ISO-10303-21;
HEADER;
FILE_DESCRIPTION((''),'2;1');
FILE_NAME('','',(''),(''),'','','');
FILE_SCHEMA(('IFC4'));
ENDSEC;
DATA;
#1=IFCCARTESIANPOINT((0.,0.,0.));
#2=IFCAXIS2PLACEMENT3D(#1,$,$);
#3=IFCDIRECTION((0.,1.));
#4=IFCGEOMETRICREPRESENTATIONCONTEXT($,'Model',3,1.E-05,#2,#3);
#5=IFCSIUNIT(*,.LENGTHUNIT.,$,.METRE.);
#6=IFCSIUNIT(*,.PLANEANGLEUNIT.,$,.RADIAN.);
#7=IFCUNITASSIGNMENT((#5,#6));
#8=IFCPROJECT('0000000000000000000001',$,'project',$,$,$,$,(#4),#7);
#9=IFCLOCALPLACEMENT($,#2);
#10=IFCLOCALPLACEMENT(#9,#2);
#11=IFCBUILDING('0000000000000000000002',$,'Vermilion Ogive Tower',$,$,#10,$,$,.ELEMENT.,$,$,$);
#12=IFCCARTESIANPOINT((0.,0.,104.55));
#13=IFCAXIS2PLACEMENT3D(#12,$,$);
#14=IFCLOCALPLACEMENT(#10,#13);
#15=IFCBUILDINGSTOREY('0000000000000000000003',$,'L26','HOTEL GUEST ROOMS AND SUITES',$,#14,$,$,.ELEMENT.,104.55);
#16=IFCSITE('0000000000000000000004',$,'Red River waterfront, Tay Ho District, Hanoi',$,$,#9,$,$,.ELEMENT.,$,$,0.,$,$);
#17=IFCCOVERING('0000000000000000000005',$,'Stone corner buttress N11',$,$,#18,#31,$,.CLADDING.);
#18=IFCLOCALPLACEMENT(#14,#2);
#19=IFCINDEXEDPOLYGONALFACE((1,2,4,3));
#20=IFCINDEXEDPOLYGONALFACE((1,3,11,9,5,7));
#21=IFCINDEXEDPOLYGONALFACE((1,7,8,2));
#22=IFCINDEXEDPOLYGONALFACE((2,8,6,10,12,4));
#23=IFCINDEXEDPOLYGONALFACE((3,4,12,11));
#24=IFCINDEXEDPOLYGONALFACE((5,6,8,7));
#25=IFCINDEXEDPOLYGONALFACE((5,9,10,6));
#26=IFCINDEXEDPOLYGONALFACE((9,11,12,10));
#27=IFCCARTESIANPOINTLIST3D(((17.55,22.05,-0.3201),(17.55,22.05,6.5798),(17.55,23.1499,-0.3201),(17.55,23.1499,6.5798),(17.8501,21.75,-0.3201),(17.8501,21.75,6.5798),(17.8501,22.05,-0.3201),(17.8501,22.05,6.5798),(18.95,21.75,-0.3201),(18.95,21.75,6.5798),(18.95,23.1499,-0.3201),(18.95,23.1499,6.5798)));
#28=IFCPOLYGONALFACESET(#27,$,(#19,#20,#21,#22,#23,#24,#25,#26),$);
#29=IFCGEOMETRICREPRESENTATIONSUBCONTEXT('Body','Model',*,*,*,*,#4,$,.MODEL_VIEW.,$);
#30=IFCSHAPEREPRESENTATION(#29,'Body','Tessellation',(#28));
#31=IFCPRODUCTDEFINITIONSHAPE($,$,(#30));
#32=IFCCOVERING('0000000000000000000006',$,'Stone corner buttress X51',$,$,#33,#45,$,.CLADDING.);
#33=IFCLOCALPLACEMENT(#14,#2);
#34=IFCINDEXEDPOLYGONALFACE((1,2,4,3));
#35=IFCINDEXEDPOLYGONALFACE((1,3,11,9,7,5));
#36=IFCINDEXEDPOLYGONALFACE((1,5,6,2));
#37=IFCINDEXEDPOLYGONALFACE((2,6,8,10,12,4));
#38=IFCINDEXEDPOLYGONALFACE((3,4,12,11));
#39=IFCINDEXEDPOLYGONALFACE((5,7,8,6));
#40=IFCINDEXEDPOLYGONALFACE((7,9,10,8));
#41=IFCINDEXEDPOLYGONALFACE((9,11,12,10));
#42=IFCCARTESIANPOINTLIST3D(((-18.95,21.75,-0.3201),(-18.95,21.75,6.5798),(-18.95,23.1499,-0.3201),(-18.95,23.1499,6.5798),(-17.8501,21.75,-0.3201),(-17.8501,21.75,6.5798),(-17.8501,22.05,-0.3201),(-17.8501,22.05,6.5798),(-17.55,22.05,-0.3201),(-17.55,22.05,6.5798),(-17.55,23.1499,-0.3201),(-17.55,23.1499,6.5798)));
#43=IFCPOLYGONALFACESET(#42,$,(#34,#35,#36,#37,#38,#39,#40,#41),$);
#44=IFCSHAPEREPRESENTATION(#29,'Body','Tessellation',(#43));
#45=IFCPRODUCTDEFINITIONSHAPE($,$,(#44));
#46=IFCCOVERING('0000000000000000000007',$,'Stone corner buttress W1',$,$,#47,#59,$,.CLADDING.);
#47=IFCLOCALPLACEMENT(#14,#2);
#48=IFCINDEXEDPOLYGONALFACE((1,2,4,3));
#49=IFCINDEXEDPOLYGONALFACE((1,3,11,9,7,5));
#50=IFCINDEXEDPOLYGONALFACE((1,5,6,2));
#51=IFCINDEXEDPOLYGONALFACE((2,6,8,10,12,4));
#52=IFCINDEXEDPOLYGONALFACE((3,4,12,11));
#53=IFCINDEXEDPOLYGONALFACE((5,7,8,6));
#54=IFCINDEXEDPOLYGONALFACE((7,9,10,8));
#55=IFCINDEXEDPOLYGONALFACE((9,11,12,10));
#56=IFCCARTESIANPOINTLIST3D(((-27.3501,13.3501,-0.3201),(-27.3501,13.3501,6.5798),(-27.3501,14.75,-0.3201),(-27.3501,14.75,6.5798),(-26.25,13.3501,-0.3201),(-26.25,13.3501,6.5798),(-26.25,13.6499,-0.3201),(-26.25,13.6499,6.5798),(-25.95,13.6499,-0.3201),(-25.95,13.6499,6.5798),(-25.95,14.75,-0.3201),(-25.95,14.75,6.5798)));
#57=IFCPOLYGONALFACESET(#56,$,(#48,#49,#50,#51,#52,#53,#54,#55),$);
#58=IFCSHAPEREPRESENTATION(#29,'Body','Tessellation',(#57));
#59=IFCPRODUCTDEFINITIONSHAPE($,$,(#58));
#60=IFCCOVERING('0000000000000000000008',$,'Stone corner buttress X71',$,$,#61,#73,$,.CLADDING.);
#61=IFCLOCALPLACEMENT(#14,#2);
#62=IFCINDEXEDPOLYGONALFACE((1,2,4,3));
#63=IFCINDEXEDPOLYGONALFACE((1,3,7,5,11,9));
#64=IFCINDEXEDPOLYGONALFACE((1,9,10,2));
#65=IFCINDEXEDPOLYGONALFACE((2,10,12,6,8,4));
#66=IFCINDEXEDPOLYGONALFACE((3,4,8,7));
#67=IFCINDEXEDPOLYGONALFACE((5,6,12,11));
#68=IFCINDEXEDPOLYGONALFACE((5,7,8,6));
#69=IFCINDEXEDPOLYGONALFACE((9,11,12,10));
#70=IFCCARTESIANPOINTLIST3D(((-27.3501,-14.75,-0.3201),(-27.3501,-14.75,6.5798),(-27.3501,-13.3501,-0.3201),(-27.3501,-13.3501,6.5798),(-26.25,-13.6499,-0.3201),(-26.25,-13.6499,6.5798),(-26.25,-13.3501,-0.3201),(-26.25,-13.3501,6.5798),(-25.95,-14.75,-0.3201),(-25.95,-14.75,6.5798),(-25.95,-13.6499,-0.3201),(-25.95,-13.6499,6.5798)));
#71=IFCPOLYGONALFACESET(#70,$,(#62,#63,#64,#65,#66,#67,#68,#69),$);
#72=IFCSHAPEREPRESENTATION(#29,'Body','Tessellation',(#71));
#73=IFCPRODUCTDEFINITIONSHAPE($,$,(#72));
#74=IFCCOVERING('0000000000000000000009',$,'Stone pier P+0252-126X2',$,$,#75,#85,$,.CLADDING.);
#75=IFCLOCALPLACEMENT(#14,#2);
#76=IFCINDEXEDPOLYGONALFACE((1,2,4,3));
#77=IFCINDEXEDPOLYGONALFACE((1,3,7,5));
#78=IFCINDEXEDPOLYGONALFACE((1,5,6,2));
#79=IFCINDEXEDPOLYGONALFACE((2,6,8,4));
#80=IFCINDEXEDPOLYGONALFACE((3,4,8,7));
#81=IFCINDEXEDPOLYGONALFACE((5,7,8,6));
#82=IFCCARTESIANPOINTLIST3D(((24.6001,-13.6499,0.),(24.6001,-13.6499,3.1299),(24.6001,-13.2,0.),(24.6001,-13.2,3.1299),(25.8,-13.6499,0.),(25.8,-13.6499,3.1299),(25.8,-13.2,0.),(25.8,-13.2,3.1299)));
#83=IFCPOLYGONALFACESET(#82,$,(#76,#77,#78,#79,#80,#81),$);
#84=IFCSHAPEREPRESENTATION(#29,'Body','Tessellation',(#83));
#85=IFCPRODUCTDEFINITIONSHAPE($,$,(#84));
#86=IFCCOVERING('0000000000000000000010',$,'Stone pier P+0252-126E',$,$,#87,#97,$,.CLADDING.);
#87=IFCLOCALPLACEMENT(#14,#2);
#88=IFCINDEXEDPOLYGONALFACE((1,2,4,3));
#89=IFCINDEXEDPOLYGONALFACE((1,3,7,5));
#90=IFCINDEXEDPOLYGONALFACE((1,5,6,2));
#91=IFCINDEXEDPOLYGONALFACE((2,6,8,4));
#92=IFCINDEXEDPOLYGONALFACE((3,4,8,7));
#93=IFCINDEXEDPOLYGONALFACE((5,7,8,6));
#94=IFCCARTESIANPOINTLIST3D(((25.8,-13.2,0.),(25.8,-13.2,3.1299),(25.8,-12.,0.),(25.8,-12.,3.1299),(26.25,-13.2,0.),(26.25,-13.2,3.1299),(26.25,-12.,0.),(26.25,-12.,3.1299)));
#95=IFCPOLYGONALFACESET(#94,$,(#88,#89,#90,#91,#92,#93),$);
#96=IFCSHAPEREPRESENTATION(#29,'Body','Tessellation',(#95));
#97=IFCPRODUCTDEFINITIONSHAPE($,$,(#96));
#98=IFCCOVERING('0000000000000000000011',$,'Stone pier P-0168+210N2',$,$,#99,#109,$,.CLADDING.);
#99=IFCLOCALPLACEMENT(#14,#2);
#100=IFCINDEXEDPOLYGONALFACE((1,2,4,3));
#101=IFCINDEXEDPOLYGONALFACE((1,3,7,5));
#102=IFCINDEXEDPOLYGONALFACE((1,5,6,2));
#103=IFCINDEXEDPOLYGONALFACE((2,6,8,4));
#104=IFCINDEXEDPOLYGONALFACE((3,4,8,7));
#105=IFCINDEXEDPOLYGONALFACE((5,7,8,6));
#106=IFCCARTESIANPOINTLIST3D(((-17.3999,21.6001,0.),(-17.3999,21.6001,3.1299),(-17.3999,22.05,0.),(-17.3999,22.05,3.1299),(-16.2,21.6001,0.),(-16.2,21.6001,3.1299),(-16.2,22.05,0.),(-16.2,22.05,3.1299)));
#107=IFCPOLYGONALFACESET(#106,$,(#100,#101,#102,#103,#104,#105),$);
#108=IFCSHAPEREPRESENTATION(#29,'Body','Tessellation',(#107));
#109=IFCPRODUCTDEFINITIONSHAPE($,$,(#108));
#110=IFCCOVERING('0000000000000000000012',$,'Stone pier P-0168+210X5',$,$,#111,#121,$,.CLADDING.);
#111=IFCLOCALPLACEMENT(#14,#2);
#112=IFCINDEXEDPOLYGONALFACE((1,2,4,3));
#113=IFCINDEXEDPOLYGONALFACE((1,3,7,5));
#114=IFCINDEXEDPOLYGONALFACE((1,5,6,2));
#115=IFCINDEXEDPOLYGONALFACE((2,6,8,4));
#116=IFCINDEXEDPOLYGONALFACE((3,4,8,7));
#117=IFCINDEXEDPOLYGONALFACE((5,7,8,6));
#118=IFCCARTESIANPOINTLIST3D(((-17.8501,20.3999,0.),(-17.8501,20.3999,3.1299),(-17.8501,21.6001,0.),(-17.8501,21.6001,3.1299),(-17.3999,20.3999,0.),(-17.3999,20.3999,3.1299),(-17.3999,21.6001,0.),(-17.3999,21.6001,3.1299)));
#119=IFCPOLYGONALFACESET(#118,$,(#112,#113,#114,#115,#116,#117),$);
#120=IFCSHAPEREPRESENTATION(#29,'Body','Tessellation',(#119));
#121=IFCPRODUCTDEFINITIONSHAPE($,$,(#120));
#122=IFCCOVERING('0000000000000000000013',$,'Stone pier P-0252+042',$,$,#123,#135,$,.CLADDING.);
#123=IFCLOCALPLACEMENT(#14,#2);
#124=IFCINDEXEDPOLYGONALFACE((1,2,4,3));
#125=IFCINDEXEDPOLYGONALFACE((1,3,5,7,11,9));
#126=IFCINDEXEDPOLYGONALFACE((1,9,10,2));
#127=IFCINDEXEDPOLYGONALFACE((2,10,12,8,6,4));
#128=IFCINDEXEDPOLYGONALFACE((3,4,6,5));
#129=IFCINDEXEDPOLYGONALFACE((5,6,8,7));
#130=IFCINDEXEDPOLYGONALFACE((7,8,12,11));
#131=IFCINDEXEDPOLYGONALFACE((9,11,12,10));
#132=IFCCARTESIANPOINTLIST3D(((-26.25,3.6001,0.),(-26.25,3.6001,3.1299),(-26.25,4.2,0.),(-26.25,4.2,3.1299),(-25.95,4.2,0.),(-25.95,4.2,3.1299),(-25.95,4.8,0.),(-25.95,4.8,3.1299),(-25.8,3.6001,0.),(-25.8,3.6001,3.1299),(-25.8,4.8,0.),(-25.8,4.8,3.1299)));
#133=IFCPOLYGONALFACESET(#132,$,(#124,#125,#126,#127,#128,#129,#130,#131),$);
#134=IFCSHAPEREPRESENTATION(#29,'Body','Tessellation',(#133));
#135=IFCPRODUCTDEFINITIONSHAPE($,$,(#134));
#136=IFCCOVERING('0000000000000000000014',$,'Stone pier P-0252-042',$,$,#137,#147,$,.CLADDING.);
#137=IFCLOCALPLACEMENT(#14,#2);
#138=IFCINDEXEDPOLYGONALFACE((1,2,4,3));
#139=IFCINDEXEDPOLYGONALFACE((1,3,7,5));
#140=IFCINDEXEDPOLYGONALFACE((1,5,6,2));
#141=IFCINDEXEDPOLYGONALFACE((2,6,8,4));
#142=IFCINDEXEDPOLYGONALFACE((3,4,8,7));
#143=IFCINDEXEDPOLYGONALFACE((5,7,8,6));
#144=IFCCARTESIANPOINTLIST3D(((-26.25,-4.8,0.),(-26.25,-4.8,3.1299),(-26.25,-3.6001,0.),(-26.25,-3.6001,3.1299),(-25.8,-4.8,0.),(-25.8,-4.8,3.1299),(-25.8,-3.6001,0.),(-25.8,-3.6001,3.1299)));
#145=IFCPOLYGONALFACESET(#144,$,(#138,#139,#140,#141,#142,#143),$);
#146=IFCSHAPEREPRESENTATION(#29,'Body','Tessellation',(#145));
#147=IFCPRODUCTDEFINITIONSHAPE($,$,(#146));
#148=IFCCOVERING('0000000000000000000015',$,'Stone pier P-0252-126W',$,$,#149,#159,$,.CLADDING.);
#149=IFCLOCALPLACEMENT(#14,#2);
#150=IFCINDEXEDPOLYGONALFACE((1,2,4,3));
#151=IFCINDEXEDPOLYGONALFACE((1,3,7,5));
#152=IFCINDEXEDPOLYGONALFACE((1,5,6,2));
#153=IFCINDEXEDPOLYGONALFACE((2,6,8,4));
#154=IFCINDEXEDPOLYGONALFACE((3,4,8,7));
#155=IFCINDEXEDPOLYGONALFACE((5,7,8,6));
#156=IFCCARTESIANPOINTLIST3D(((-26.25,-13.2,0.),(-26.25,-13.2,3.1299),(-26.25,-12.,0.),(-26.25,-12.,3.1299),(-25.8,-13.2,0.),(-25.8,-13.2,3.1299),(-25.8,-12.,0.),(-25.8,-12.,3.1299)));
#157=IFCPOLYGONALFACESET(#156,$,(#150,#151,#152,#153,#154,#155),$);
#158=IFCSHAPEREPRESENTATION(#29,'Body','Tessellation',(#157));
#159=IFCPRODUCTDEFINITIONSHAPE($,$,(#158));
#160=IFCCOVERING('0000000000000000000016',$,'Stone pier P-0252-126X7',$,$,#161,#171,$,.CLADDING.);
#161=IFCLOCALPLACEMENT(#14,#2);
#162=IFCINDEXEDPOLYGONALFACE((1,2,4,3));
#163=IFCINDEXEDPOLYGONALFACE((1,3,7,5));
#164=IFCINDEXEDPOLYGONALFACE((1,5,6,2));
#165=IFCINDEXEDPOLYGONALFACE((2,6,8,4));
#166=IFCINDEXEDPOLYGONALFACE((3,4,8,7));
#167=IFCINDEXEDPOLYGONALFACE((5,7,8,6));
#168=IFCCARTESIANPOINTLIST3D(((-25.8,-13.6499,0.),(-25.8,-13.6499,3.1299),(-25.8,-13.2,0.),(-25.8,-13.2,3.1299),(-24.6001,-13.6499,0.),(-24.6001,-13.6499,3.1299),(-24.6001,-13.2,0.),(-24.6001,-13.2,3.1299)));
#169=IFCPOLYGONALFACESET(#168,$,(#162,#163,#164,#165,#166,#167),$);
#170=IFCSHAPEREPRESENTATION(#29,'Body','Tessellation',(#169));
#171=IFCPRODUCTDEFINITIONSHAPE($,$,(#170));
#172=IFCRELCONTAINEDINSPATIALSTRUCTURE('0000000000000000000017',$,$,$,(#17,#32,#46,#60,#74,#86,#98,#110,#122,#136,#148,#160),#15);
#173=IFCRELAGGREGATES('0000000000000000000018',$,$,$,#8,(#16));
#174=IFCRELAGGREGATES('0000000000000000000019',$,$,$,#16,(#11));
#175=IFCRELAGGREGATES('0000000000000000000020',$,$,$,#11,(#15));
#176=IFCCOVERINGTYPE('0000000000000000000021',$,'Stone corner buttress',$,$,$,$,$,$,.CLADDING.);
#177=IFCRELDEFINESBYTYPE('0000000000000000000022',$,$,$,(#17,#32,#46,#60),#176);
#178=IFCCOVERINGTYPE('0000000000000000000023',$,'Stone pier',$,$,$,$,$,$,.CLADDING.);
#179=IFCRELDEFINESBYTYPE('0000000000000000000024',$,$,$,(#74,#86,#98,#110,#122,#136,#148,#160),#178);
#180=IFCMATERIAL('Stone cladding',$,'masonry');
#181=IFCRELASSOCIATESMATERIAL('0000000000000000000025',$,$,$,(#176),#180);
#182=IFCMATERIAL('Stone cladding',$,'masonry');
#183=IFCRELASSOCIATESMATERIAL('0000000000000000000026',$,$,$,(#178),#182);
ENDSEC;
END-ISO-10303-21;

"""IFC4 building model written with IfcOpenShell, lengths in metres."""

from ifc_helpers import new_model, si_unit, direction, frame, origin, place, context, subcontext, project, spatial, polyline, outline, extrude, material, type_object, element, save


model = new_model("IFC4")

# Units and contexts
model_context = context("Model", 3, precision=1e-05, world=origin(), true_north=direction((0.0, 1.0)))
body_context = subcontext(model_context, "Body", "Model", "MODEL_VIEW")
ifc_project = project(units=[si_unit("LENGTHUNIT", "METRE"), si_unit("PLANEANGLEUNIT", "RADIAN")], contexts=[model_context])

# Site, building, storey
site_placement = place(None, origin())
site = spatial("IfcSite", under=ifc_project, at=site_placement, Name="Red River waterfront, Tay Ho District, Hanoi", CompositionType="ELEMENT", RefElevation=0.0)
building_placement = place(site_placement, origin())
building = spatial("IfcBuilding", under=site, at=building_placement, Name="Vermilion Ogive Tower", CompositionType="ELEMENT")
storey_placement = place(building_placement, frame((0.0, 0.0, 104.55)))
storey = spatial("IfcBuildingStorey", under=building, at=storey_placement, Name="L26", Description="HOTEL GUEST ROOMS AND SUITES", CompositionType="ELEMENT", Elevation=104.55)

# Coverings
ifc_material_1 = material(Name="Stone cladding", Category="masonry")
covering_type_1 = type_object("IfcCoveringType", Name="Stone corner buttress", PredefinedType="CLADDING", material=ifc_material_1)
covering_1_placement = place(storey_placement, frame((0.0, 0.0, -0.3201)))
element("IfcCovering", 1, at=covering_1_placement, inside=storey, type_object=covering_type_1, Name="Stone corner buttress N11", PredefinedType="CLADDING", context=body_context, shape_type="SweptSolid", body=[
    extrude(outline(polyline([(17.8501, 22.05), (17.55, 22.05), (17.55, 23.1499), (18.95, 23.1499), (18.95, 21.75), (17.8501, 21.75), (17.8501, 22.05)])), origin(), (0.0, 0.0, 1.0), 6.8999),
])
covering_2_placement = place(storey_placement, frame((0.0, 0.0, -0.3201)))
element("IfcCovering", 2, at=covering_2_placement, inside=storey, type_object=covering_type_1, Name="Stone corner buttress X51", PredefinedType="CLADDING", context=body_context, shape_type="SweptSolid", body=[
    extrude(outline(polyline([(-17.55, 23.1499), (-17.55, 22.05), (-17.8501, 22.05), (-17.8501, 21.75), (-18.95, 21.75), (-18.95, 23.1499), (-17.55, 23.1499)])), origin(), (0.0, 0.0, 1.0), 6.8999),
])
covering_3_placement = place(storey_placement, frame((0.0, 0.0, -0.3201)))
element("IfcCovering", 3, at=covering_3_placement, inside=storey, type_object=covering_type_1, Name="Stone corner buttress W1", PredefinedType="CLADDING", context=body_context, shape_type="SweptSolid", body=[
    extrude(outline(polyline([(-25.95, 13.6499), (-26.25, 13.6499), (-26.25, 13.3501), (-27.3501, 13.3501), (-27.3501, 14.75), (-25.95, 14.75), (-25.95, 13.6499)])), origin(), (0.0, 0.0, 1.0), 6.8999),
])
covering_4_placement = place(storey_placement, frame((0.0, 0.0, -0.3201)))
element("IfcCovering", 4, at=covering_4_placement, inside=storey, type_object=covering_type_1, Name="Stone corner buttress X71", PredefinedType="CLADDING", context=body_context, shape_type="SweptSolid", body=[
    extrude(outline(polyline([(-27.3501, -13.3501), (-26.25, -13.3501), (-26.25, -13.6499), (-25.95, -13.6499), (-25.95, -14.75), (-27.3501, -14.75), (-27.3501, -13.3501)])), origin(), (0.0, 0.0, 1.0), 6.8999),
])
ifc_material_2 = material(Name="Stone cladding", Category="masonry")
covering_type_2 = type_object("IfcCoveringType", Name="Stone pier", PredefinedType="CLADDING", material=ifc_material_2)
covering_5_placement = place(storey_placement, origin())
element("IfcCovering", 5, at=covering_5_placement, inside=storey, type_object=covering_type_2, Name="Stone pier P+0252-126X2", PredefinedType="CLADDING", context=body_context, shape_type="SweptSolid", body=[
    extrude(outline(polyline([(25.8, -13.2), (25.8, -13.6499), (24.6001, -13.6499), (24.6001, -13.2), (24.6001, -13.2), (25.8, -13.2)])), origin(), (0.0, 0.0, 1.0), 3.1299),
])
covering_6_placement = place(storey_placement, origin())
element("IfcCovering", 6, at=covering_6_placement, inside=storey, type_object=covering_type_2, Name="Stone pier P+0252-126E", PredefinedType="CLADDING", context=body_context, shape_type="SweptSolid", body=[
    extrude(outline(polyline([(26.25, -13.2), (25.8, -13.2), (25.8, -12.0), (26.25, -12.0), (26.25, -13.2)])), origin(), (0.0, 0.0, 1.0), 3.1299),
])
covering_7_placement = place(storey_placement, origin())
element("IfcCovering", 7, at=covering_7_placement, inside=storey, type_object=covering_type_2, Name="Stone pier P-0168+210N2", PredefinedType="CLADDING", context=body_context, shape_type="SweptSolid", body=[
    extrude(outline(polyline([(-17.3999, 22.05), (-16.2, 22.05), (-16.2, 21.6001), (-17.3999, 21.6001), (-17.3999, 22.05)])), origin(), (0.0, 0.0, 1.0), 3.1299),
])
covering_8_placement = place(storey_placement, origin())
element("IfcCovering", 8, at=covering_8_placement, inside=storey, type_object=covering_type_2, Name="Stone pier P-0168+210X5", PredefinedType="CLADDING", context=body_context, shape_type="SweptSolid", body=[
    extrude(outline(polyline([(-17.8501, 21.6001), (-17.3999, 21.6001), (-17.3999, 20.3999), (-17.8501, 20.3999), (-17.8501, 21.6001)])), origin(), (0.0, 0.0, 1.0), 3.1299),
])
covering_9_placement = place(storey_placement, origin())
element("IfcCovering", 9, at=covering_9_placement, inside=storey, type_object=covering_type_2, Name="Stone pier P-0252+042", PredefinedType="CLADDING", context=body_context, shape_type="SweptSolid", body=[
    extrude(outline(polyline([(-25.8, 3.6001), (-26.25, 3.6001), (-26.25, 4.2), (-25.95, 4.2), (-25.95, 4.8), (-26.25, 4.8), (-26.25, 4.8), (-25.8, 4.8), (-25.8, 4.8), (-25.8, 3.6001)])), origin(), (0.0, 0.0, 1.0), 3.1299),
])
covering_10_placement = place(storey_placement, origin())
element("IfcCovering", 10, at=covering_10_placement, inside=storey, type_object=covering_type_2, Name="Stone pier P-0252-042", PredefinedType="CLADDING", context=body_context, shape_type="SweptSolid", body=[
    extrude(outline(polyline([(-25.8, -4.8), (-25.8, -4.8), (-26.25, -4.8), (-26.25, -3.6001), (-25.8, -3.6001), (-25.8, -3.6001), (-25.8, -4.8)])), origin(), (0.0, 0.0, 1.0), 3.1299),
])
covering_11_placement = place(storey_placement, origin())
element("IfcCovering", 11, at=covering_11_placement, inside=storey, type_object=covering_type_2, Name="Stone pier P-0252-126W", PredefinedType="CLADDING", context=body_context, shape_type="SweptSolid", body=[
    extrude(outline(polyline([(-25.8, -13.2), (-25.8, -13.2), (-26.25, -13.2), (-26.25, -12.0), (-25.8, -12.0), (-25.8, -12.0), (-25.8, -13.2)])), origin(), (0.0, 0.0, 1.0), 3.1299),
])
covering_12_placement = place(storey_placement, origin())
element("IfcCovering", 12, at=covering_12_placement, inside=storey, type_object=covering_type_2, Name="Stone pier P-0252-126X7", PredefinedType="CLADDING", context=body_context, shape_type="SweptSolid", body=[
    extrude(outline(polyline([(-25.8, -13.6499), (-25.8, -13.2), (-25.8, -13.2), (-24.6001, -13.2), (-24.6001, -13.6499), (-25.8, -13.6499)])), origin(), (0.0, 0.0, 1.0), 3.1299),
])

save(model, "model.ifc")
